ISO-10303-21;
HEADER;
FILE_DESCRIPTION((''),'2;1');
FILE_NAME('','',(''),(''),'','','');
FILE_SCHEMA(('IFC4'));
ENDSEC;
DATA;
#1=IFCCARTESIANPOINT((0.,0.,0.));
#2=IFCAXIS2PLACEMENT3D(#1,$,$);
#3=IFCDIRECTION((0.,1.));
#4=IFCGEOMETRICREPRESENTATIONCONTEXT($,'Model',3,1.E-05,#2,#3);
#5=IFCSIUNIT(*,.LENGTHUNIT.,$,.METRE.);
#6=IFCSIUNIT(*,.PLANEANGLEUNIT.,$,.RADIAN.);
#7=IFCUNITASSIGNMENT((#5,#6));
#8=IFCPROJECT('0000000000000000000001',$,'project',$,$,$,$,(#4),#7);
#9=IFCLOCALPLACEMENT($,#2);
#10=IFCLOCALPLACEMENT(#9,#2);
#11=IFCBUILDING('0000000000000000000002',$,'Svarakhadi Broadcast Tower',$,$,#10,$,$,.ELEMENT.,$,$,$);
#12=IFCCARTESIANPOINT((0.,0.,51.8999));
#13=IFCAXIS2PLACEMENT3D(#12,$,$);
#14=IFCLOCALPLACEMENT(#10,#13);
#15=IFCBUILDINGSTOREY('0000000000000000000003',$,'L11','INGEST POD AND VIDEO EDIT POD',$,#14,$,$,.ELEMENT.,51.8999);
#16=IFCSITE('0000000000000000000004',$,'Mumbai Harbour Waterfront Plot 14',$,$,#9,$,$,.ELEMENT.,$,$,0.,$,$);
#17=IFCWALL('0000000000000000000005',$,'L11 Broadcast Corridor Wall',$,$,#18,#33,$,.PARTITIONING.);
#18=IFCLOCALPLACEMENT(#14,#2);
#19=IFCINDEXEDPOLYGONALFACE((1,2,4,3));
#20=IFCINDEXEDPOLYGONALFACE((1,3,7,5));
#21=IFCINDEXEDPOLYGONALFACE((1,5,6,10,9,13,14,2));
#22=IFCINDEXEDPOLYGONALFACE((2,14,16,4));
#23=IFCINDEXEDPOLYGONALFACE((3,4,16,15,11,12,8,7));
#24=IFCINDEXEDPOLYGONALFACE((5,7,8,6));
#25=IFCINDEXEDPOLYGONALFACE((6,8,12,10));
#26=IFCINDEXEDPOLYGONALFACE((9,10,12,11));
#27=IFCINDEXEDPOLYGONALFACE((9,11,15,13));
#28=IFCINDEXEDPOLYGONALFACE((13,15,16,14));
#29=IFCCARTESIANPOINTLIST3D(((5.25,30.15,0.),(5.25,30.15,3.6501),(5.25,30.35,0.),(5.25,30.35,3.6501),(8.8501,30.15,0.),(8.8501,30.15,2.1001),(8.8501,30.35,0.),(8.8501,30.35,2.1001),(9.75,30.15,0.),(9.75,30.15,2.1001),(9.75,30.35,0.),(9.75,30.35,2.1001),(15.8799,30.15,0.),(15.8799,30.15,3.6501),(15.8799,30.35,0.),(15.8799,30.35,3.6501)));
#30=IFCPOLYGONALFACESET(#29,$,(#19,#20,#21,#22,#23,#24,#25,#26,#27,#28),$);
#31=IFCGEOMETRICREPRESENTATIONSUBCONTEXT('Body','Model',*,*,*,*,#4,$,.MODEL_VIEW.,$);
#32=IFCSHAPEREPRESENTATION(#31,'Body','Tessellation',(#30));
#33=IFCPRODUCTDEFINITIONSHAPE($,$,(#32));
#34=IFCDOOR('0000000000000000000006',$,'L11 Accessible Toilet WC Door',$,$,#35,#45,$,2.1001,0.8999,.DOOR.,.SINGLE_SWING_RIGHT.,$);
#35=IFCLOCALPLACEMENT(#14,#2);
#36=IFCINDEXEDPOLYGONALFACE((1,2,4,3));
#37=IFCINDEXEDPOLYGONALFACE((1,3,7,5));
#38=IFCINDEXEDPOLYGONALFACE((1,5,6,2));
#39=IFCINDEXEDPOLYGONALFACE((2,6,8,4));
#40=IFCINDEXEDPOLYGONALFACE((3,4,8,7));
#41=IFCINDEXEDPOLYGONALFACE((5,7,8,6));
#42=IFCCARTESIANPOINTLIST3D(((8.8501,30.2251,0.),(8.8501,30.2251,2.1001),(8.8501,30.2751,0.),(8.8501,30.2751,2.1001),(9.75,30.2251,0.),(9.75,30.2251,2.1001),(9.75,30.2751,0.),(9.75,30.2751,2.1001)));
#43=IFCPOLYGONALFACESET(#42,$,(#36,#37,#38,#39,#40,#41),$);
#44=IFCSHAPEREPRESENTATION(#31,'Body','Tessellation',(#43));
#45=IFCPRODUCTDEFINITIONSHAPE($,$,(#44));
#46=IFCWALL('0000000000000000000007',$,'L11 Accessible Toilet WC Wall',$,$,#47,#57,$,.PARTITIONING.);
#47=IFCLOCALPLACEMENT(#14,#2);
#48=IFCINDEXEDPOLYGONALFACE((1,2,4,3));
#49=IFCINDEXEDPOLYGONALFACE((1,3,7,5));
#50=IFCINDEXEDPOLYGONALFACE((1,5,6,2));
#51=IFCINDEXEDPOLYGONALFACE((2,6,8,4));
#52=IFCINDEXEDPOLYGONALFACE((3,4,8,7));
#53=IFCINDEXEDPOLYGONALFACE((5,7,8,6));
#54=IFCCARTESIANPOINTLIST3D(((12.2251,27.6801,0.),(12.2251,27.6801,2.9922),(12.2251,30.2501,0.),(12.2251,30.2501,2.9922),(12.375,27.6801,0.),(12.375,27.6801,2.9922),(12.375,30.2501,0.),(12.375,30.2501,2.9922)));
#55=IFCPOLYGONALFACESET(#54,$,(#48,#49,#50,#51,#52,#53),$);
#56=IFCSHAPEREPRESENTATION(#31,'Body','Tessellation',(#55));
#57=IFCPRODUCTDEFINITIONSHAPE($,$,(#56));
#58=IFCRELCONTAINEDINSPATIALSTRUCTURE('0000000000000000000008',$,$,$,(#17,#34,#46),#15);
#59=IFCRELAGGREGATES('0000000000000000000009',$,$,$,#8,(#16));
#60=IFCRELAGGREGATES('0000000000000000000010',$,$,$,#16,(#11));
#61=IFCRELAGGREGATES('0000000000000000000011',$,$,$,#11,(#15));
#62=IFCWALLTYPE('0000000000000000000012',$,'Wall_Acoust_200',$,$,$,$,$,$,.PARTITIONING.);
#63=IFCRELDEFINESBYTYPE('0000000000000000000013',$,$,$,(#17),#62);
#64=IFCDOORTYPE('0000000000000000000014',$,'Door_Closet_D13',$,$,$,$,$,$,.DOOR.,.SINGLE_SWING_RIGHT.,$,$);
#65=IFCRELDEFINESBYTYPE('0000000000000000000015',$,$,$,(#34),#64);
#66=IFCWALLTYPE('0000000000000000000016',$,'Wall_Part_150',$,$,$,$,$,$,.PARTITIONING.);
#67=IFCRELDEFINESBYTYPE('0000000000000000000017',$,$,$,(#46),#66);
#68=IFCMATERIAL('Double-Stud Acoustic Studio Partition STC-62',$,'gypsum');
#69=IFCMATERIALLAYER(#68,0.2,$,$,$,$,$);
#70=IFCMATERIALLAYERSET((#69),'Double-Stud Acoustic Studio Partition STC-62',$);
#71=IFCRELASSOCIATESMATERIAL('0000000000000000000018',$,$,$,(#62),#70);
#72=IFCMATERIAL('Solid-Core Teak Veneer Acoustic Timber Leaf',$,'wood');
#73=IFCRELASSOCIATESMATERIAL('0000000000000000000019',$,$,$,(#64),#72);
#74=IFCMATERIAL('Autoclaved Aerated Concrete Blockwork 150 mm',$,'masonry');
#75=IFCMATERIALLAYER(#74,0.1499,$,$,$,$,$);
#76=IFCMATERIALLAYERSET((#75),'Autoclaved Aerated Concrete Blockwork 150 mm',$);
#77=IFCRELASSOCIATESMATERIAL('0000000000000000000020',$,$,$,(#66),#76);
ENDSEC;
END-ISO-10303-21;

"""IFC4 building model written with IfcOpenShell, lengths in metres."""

from ifc_helpers import new_model, si_unit, direction, frame, frame_2d, origin, place, context, subcontext, project, spatial, rectangle, extrude, material, layer, layer_set, type_object, element, fill, save


model = new_model("IFC4")

# Units and contexts
model_context = context("Model", 3, precision=1e-05, world=origin(), true_north=direction((0.0, 1.0)))
body_context = subcontext(model_context, "Body", "Model", "MODEL_VIEW")
ifc_project = project(units=[si_unit("LENGTHUNIT", "METRE"), si_unit("PLANEANGLEUNIT", "RADIAN")], contexts=[model_context])

# Site, building, storey
site_placement = place(None, origin())
site = spatial("IfcSite", under=ifc_project, at=site_placement, Name="Mumbai Harbour Waterfront Plot 14", CompositionType="ELEMENT", RefElevation=0.0)
building_placement = place(site_placement, origin())
building = spatial("IfcBuilding", under=site, at=building_placement, Name="Svarakhadi Broadcast Tower", CompositionType="ELEMENT")
storey_placement = place(building_placement, frame((0.0, 0.0, 51.8999)))
storey = spatial("IfcBuildingStorey", under=building, at=storey_placement, Name="L11", Description="INGEST POD AND VIDEO EDIT POD", CompositionType="ELEMENT", Elevation=51.8999)

# Shared definitions
ifc_material_1 = material(Name="Double-Stud Acoustic Studio Partition STC-62", Category="gypsum")
ifc_layer_1 = layer(ifc_material_1, 0.2)
ifc_layer_set_1 = layer_set([ifc_layer_1], Name="Double-Stud Acoustic Studio Partition STC-62")
wall_type_1 = type_object("IfcWallType", Name="Wall_Acoust_200", PredefinedType="PARTITIONING", material=ifc_layer_set_1)
ifc_material_2 = material(Name="Solid-Core Teak Veneer Acoustic Timber Leaf", Category="wood")

# Wall, opening, door
wall_1_placement = place(storey_placement, frame((15.8799, 30.25, 0.0), z_axis=(0.0, 0.0, 1.0), x_axis=(-1.0, 0.0, 0.0)))
wall_1 = element("IfcWall", 1, at=wall_1_placement, inside=storey, type_object=wall_type_1, Name="L11 Broadcast Corridor Wall", PredefinedType="PARTITIONING", context=body_context, shape_type="SweptSolid", body=[
    extrude(rectangle(XDim=10.6299, YDim=0.2, at=frame_2d((5.3149, 0.0))), origin(), (0.0, 0.0, 1.0), 3.6501),
])
opening_1_placement = place(wall_1_placement, frame((6.1299, 0.0, 0.0)))
opening_1 = element("IfcOpeningElement", 2, at=opening_1_placement, cuts=wall_1, PredefinedType="OPENING", context=body_context, shape_type="SweptSolid", body=[
    extrude(rectangle(XDim=0.8999, YDim=2.1001, at=frame_2d((0.45, 1.05))), frame((0.0, 0.1099, 0.0), z_axis=(0.0, -1.0, 0.0), x_axis=(1.0, 0.0, 0.0)), (0.0, 0.0, 1.0), 0.22),
])
door_type_1 = type_object("IfcDoorType", Name="Door_Closet_D13", OperationType="SINGLE_SWING_RIGHT", PredefinedType="DOOR", material=ifc_material_2)
door_1_placement = place(opening_1_placement, origin())
door_1 = element("IfcDoor", 3, at=door_1_placement, inside=storey, type_object=door_type_1, Name="L11 Accessible Toilet WC Door", OperationType="SINGLE_SWING_RIGHT", OverallHeight=2.1001, OverallWidth=0.8999, PredefinedType="DOOR", context=body_context, shape_type="SweptSolid", body=[
    extrude(rectangle(XDim=0.8999, YDim=2.1001, at=frame_2d((0.45, 1.05))), frame((0.0, 0.0249, 0.0), z_axis=(0.0, -1.0, 0.0), x_axis=(1.0, 0.0, 0.0)), (0.0, 0.0, 1.0), 0.05),
])
fill(opening_1, door_1)
ifc_material_3 = material(Name="Autoclaved Aerated Concrete Blockwork 150 mm", Category="masonry")
ifc_layer_2 = layer(ifc_material_3, 0.1499)
ifc_layer_set_2 = layer_set([ifc_layer_2], Name="Autoclaved Aerated Concrete Blockwork 150 mm")
wall_type_2 = type_object("IfcWallType", Name="Wall_Part_150", PredefinedType="PARTITIONING", material=ifc_layer_set_2)

# Wall
wall_2_placement = place(storey_placement, frame((12.3, 27.6799, 0.0), z_axis=(0.0, 0.0, 1.0), x_axis=(0.0, 1.0, 0.0)))
element("IfcWall", 4, at=wall_2_placement, inside=storey, type_object=wall_type_2, Name="L11 Accessible Toilet WC Wall", PredefinedType="PARTITIONING", context=body_context, shape_type="SweptSolid", body=[
    extrude(rectangle(XDim=2.5701, YDim=0.1499, at=frame_2d((1.2852, 0.0))), origin(), (0.0, 0.0, 1.0), 2.9922),
])

save(model, "model.ifc")
